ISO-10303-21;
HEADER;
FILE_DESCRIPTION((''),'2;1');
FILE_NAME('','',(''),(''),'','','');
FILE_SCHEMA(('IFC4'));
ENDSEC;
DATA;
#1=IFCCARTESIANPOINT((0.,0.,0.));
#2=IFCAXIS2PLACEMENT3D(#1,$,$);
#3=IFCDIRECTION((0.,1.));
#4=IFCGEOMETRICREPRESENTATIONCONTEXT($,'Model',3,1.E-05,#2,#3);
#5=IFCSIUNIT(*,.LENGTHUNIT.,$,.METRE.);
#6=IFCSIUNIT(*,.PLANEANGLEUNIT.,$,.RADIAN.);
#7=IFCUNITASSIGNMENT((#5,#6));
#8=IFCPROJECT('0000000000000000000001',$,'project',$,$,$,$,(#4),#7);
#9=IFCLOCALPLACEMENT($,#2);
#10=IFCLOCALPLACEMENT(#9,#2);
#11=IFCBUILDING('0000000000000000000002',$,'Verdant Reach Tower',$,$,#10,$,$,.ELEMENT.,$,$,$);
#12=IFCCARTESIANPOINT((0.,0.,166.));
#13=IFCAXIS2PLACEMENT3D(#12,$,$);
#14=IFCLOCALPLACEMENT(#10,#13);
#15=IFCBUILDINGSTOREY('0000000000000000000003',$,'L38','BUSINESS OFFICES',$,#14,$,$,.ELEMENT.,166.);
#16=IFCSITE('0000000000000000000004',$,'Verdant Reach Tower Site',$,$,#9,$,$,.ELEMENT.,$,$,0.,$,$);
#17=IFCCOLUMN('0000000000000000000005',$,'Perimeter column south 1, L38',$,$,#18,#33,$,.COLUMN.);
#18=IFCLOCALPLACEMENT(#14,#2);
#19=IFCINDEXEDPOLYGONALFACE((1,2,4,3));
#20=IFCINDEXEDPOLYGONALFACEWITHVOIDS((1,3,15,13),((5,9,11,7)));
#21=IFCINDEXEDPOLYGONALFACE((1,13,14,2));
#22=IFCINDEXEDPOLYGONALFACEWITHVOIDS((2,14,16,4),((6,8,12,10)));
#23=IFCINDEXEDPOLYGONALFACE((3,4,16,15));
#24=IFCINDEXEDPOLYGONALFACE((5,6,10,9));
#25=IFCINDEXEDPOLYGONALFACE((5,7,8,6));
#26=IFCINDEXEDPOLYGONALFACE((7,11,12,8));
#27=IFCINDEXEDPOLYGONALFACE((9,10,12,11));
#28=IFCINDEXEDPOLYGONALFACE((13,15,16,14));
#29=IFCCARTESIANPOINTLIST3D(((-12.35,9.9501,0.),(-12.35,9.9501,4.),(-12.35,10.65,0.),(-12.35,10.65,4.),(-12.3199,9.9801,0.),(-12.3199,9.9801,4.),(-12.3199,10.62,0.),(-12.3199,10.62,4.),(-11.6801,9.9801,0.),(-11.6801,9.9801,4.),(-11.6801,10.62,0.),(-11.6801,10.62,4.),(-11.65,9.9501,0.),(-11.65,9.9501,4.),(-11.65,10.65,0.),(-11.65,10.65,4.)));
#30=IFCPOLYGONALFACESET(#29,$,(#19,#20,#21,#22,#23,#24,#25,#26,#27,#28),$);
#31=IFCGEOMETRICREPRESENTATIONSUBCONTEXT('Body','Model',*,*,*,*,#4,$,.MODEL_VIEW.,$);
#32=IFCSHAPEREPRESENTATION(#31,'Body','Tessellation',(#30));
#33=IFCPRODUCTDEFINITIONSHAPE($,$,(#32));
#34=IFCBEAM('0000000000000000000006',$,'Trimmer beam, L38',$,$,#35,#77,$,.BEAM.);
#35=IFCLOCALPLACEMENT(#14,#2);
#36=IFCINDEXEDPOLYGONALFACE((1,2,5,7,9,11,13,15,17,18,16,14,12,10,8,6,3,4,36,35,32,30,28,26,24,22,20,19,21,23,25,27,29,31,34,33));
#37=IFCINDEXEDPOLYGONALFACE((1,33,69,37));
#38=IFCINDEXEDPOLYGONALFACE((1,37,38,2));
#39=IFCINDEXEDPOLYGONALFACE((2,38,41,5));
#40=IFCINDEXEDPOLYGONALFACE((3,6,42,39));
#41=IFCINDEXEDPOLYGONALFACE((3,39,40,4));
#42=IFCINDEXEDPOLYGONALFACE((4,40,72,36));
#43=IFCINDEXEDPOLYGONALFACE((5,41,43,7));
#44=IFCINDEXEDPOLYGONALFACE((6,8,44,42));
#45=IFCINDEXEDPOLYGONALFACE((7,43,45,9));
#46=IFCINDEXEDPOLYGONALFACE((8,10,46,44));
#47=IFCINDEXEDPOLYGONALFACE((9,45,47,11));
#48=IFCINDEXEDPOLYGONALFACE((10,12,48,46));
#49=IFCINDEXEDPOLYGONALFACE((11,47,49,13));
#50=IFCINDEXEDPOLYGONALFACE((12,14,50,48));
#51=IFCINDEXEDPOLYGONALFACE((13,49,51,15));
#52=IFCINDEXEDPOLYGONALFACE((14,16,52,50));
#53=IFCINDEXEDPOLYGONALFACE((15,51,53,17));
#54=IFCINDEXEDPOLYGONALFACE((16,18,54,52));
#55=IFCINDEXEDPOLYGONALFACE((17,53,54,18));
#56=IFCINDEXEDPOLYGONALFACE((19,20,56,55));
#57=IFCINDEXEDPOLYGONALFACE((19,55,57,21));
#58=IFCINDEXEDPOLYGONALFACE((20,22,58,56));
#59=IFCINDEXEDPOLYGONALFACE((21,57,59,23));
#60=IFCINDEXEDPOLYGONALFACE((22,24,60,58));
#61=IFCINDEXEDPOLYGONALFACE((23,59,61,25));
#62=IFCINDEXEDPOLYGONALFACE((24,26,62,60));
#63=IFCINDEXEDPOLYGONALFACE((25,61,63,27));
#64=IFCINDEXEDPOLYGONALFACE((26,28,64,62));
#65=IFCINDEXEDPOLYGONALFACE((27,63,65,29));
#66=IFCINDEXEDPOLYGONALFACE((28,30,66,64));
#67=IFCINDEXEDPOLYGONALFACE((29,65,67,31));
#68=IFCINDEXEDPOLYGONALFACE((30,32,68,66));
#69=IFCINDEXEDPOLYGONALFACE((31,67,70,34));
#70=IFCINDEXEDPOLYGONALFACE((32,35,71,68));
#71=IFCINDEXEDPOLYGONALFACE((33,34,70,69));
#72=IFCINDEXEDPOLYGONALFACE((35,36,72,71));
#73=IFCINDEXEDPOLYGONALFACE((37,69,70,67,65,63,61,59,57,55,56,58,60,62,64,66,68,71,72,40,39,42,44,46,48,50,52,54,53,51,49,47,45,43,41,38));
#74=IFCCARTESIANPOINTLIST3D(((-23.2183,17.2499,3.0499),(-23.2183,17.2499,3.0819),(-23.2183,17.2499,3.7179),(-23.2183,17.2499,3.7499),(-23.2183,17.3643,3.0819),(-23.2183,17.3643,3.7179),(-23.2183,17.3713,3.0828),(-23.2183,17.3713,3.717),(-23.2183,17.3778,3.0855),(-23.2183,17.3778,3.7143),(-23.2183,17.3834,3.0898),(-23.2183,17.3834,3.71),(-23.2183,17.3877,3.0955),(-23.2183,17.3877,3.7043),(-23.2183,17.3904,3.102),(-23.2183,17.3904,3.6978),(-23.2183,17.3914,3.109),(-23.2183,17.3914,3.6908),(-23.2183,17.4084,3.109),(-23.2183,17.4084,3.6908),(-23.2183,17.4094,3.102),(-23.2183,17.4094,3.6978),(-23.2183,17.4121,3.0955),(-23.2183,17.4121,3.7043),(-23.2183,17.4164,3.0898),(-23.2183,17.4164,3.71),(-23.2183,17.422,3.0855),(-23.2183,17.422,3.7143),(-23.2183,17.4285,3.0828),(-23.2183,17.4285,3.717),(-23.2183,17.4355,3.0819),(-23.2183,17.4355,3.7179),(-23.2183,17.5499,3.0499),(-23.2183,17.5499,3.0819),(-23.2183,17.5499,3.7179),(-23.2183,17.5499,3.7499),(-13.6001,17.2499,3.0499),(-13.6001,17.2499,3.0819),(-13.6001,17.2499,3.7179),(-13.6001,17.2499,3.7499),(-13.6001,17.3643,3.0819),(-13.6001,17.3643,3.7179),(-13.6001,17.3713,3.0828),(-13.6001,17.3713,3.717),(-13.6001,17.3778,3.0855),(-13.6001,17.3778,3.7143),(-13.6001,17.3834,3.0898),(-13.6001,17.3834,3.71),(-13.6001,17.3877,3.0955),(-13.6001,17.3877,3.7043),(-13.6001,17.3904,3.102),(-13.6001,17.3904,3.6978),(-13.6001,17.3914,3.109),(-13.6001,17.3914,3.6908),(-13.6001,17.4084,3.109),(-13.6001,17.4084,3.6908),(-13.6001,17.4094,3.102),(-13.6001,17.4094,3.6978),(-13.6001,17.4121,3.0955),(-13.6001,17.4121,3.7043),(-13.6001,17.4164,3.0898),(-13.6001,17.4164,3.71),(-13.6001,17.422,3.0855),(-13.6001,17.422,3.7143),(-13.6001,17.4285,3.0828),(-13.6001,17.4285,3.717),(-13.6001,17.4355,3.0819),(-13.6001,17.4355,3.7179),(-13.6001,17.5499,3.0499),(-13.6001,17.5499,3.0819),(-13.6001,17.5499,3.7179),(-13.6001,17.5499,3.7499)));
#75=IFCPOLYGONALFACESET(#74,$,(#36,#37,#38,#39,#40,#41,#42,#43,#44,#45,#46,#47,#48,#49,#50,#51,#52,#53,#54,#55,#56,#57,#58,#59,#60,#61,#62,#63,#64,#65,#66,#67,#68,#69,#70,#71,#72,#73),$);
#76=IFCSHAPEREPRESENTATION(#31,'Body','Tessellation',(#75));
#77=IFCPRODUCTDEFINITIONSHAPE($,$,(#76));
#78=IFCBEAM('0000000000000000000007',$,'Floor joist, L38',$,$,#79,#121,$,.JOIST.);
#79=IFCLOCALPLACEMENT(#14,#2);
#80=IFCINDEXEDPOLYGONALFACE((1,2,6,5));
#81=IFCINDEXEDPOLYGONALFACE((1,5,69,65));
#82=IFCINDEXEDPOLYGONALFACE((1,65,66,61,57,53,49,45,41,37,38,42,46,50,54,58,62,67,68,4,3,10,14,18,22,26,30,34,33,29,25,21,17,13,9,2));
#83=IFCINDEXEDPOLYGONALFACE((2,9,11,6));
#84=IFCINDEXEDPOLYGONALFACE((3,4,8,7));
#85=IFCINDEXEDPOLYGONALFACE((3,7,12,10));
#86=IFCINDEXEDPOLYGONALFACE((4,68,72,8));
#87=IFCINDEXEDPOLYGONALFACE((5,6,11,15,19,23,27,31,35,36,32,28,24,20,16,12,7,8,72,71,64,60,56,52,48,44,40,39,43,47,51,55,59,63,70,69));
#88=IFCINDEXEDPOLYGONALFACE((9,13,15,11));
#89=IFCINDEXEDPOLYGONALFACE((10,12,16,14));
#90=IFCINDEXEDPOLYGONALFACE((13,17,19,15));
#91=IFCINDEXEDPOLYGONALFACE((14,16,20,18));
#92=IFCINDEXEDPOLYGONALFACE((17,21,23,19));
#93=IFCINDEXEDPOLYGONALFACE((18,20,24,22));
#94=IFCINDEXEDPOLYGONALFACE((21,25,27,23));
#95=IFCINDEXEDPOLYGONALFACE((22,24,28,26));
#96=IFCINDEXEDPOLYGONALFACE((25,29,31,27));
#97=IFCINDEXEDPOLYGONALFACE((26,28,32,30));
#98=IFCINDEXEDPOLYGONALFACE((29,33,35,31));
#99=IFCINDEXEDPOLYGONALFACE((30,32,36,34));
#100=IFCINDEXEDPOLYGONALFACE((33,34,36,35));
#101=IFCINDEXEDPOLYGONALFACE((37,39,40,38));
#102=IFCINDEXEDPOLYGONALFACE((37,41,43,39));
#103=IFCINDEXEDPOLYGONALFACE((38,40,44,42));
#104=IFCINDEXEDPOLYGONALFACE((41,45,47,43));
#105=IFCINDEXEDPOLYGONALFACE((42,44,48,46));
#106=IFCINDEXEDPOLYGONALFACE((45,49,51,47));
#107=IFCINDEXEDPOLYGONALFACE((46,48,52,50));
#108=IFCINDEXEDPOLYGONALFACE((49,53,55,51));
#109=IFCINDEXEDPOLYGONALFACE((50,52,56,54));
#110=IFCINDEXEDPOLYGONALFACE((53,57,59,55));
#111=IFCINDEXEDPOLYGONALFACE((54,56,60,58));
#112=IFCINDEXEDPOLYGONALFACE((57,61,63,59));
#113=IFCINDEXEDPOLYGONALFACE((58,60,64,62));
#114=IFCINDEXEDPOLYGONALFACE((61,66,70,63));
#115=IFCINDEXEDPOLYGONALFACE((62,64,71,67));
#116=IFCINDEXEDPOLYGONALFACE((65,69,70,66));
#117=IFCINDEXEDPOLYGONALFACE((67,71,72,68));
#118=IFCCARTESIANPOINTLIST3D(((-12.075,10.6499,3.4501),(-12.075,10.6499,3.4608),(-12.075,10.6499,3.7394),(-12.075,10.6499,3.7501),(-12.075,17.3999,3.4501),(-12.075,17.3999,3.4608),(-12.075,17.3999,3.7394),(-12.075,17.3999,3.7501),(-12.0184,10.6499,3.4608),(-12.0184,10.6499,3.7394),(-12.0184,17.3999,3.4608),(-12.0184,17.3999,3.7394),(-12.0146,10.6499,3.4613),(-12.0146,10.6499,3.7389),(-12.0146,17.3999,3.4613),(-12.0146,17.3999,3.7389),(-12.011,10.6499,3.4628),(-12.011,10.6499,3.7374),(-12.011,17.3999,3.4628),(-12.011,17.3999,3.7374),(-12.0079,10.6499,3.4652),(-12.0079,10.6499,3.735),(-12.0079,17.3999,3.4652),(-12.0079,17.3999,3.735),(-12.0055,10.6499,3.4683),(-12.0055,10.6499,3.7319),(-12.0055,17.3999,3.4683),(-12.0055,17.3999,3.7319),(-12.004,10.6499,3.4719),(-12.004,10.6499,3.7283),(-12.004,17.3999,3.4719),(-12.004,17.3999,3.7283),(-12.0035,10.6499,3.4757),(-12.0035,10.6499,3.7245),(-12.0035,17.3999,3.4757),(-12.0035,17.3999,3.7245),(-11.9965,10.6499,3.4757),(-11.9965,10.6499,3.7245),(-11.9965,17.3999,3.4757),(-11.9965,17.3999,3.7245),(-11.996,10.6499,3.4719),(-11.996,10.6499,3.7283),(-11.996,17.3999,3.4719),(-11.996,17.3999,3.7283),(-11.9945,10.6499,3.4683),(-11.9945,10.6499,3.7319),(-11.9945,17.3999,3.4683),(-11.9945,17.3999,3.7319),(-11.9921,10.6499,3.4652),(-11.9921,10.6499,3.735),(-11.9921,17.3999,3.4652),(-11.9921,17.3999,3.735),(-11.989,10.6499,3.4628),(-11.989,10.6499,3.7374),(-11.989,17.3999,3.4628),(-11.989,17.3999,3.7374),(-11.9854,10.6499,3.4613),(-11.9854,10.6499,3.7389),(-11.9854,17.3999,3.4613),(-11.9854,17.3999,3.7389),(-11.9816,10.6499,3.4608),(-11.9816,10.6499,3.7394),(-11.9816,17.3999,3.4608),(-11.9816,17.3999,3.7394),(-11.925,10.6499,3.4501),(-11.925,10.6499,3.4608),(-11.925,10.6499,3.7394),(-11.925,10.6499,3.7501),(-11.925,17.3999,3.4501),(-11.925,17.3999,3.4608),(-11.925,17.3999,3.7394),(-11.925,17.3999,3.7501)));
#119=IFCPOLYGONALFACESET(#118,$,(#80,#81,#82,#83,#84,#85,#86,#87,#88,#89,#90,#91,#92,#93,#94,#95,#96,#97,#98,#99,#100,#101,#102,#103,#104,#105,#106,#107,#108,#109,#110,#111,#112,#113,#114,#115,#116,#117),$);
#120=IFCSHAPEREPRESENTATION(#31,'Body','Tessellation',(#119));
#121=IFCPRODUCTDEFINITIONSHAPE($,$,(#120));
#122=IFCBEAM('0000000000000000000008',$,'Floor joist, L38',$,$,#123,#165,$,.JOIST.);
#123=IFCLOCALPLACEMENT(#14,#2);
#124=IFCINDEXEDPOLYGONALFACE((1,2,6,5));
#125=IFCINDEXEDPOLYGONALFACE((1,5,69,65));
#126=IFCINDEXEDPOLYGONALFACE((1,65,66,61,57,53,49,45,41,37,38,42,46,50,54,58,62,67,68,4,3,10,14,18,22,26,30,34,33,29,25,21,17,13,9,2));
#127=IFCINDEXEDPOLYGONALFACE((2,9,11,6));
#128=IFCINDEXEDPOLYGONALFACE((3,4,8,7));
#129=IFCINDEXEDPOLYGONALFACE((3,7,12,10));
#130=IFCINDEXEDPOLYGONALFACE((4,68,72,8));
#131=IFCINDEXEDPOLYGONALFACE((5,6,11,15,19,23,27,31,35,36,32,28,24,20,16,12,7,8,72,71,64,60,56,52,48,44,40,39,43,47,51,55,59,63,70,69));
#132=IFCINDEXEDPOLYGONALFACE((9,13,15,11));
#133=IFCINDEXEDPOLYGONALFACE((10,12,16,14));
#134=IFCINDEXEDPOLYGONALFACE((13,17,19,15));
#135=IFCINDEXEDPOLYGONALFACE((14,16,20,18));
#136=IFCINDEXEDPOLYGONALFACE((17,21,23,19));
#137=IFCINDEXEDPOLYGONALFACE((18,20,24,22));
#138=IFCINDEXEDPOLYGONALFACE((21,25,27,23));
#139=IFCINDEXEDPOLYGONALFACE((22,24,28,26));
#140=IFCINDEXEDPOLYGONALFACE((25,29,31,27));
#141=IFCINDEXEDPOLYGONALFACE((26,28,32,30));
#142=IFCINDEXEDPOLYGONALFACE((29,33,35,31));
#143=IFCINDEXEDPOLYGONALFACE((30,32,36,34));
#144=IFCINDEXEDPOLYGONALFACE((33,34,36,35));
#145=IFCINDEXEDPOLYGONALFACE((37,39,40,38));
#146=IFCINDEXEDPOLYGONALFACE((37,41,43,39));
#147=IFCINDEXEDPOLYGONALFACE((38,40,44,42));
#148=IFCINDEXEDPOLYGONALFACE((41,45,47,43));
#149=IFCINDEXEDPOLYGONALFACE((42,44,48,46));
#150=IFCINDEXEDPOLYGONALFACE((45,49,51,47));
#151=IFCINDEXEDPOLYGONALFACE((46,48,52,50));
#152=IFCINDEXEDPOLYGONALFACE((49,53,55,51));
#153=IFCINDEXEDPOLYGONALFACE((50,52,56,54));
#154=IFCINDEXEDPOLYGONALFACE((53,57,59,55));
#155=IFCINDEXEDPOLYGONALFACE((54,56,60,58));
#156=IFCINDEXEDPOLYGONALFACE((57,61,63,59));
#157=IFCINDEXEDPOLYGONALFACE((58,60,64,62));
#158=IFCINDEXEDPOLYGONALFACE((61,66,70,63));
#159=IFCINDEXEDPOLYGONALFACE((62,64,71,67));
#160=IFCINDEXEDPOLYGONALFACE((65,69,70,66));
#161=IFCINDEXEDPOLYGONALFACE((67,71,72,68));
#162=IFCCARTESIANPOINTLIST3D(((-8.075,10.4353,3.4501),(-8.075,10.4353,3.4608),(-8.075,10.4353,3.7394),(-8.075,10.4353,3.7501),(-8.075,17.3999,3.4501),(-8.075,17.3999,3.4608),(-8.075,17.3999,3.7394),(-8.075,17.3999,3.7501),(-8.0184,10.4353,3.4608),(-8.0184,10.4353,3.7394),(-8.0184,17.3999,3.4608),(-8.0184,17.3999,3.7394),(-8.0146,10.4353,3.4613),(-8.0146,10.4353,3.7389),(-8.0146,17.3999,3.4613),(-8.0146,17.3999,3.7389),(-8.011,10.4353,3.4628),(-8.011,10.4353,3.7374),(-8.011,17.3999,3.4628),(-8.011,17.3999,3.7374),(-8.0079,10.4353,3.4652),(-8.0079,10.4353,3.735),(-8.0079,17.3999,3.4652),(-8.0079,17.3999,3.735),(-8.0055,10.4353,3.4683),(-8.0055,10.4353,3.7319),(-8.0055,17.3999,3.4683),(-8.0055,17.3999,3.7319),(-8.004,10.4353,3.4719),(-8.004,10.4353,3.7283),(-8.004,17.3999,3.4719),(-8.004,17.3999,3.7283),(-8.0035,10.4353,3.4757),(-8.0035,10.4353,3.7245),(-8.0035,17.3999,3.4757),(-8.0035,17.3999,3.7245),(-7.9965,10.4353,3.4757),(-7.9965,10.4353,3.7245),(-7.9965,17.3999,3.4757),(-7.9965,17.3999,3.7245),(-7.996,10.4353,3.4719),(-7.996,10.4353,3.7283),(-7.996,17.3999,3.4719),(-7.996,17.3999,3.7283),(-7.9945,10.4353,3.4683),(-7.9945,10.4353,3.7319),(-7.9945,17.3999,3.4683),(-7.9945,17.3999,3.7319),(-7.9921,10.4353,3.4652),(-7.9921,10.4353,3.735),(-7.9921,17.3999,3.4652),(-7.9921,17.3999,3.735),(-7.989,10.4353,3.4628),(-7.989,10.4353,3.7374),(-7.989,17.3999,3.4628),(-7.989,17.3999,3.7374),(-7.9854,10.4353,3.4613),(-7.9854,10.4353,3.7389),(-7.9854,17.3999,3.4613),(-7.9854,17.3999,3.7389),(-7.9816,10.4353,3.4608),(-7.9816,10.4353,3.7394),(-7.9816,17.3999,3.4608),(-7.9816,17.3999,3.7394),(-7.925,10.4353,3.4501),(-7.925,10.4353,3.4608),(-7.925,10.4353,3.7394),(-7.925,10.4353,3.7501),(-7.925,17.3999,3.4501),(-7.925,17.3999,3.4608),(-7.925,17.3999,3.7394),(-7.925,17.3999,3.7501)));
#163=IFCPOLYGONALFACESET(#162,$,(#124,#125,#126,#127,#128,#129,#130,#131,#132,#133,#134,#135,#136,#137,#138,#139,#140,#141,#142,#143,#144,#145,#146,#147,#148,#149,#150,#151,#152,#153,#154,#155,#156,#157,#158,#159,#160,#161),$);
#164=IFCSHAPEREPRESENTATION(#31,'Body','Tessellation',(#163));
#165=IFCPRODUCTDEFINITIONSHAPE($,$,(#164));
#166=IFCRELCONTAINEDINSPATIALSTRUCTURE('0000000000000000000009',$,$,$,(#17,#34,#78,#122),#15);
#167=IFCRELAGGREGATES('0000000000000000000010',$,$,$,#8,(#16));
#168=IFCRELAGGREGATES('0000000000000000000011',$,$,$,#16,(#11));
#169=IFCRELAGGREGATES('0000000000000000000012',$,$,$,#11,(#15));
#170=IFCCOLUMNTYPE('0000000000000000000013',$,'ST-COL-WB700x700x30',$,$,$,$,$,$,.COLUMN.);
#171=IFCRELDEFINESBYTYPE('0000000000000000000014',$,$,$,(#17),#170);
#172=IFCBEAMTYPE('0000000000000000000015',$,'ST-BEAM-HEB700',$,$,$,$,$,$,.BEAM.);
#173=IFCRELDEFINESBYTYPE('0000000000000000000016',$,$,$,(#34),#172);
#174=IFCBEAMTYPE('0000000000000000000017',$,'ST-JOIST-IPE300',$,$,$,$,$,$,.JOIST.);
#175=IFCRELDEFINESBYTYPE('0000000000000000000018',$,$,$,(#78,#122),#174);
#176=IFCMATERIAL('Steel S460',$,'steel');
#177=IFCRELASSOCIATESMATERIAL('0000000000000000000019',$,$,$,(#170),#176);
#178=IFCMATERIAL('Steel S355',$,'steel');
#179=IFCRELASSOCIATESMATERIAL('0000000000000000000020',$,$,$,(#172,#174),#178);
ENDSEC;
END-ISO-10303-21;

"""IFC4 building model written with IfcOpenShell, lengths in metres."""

from ifc_helpers import new_model, si_unit, direction, frame, origin, origin_2d, place, context, subcontext, project, spatial, hollow_rectangle, i_section, extrude, material, material_profile, profile_set, type_object, element, save


model = new_model("IFC4")

# Units and contexts
model_context = context("Model", 3, precision=1e-05, world=origin(), true_north=direction((0.0, 1.0)))
body_context = subcontext(model_context, "Body", "Model", "MODEL_VIEW")
ifc_project = project(units=[si_unit("LENGTHUNIT", "METRE"), si_unit("PLANEANGLEUNIT", "RADIAN")], contexts=[model_context])

# Site, building, storey
site_placement = place(None, origin())
site = spatial("IfcSite", under=ifc_project, at=site_placement, Name="Verdant Reach Tower Site", CompositionType="ELEMENT", RefElevation=0.0)
building_placement = place(site_placement, origin())
building = spatial("IfcBuilding", under=site, at=building_placement, Name="Verdant Reach Tower", CompositionType="ELEMENT")
storey_placement = place(building_placement, frame((0.0, 0.0, 166.0)))
storey = spatial("IfcBuildingStorey", under=building, at=storey_placement, Name="L38", Description="BUSINESS OFFICES", CompositionType="ELEMENT", Elevation=166.0)

# Column
ifc_material_1 = material(Name="Steel S460", Category="steel")
ifc_material_profile_1 = material_profile(ifc_material_1, hollow_rectangle(XDim=0.7, YDim=0.7, WallThickness=0.03, at=origin_2d()), Name="WB 700x700x30")
ifc_profile_set_1 = profile_set([ifc_material_profile_1], Name="Steel S460")
column_type = type_object("IfcColumnType", Name="ST-COL-WB700x700x30", PredefinedType="COLUMN", material=ifc_profile_set_1)
column_placement = place(storey_placement, frame((-12.0, 10.3, 0.0), z_axis=(0.0, 0.0, 1.0), x_axis=(1.0, 0.0, 0.0)))
element("IfcColumn", 1, at=column_placement, inside=storey, type_object=column_type, Name="Perimeter column south 1, L38", PredefinedType="COLUMN", context=body_context, shape_type="SweptSolid", body=[
    extrude(hollow_rectangle(XDim=0.7, YDim=0.7, WallThickness=0.03, at=origin_2d()), origin(), (0.0, 0.0, 1.0), 4.0),
])

# Beams
ifc_material_2 = material(Name="Steel S355", Category="steel")
ifc_material_profile_2 = material_profile(ifc_material_2, i_section(OverallWidth=0.3, OverallDepth=0.7, WebThickness=0.0171, FlangeThickness=0.032, FilletRadius=0.0271, at=origin_2d()), Name="HEB 700")
ifc_profile_set_2 = profile_set([ifc_material_profile_2], Name="Steel S355")
beam_type_1 = type_object("IfcBeamType", Name="ST-BEAM-HEB700", PredefinedType="BEAM", material=ifc_profile_set_2)
beam_1_placement = place(storey_placement, frame((-13.6001, 17.3999, 3.3999), z_axis=(-1.0, 0.0, 0.0), x_axis=(0.0, -1.0, 0.0)))
element("IfcBeam", 2, at=beam_1_placement, inside=storey, type_object=beam_type_1, Name="Trimmer beam, L38", PredefinedType="BEAM", context=body_context, shape_type="SweptSolid", body=[
    extrude(i_section(OverallWidth=0.3, OverallDepth=0.7, WebThickness=0.0171, FlangeThickness=0.032, FilletRadius=0.0271, at=origin_2d()), origin(), (0.0, 0.0, 1.0), 9.6182),
])
ifc_material_profile_3 = material_profile(ifc_material_2, i_section(OverallWidth=0.1499, OverallDepth=0.3, WebThickness=0.0071, FlangeThickness=0.0107, FilletRadius=0.0149, at=origin_2d()), Name="IPE 300")
ifc_profile_set_3 = profile_set([ifc_material_profile_3], Name="Steel S355")
beam_type_2 = type_object("IfcBeamType", Name="ST-JOIST-IPE300", PredefinedType="JOIST", material=ifc_profile_set_3)
beam_2_placement = place(storey_placement, frame((-12.0, 17.3999, 3.6001), z_axis=(0.0, -1.0, 0.0), x_axis=(1.0, 0.0, 0.0)))
element("IfcBeam", 3, at=beam_2_placement, inside=storey, type_object=beam_type_2, Name="Floor joist, L38", PredefinedType="JOIST", context=body_context, shape_type="SweptSolid", body=[
    extrude(i_section(OverallWidth=0.1499, OverallDepth=0.3, WebThickness=0.0071, FlangeThickness=0.0107, FilletRadius=0.0149, at=origin_2d()), origin(), (0.0, 0.0, 1.0), 6.75),
])
beam_3_placement = place(storey_placement, frame((-8.0, 17.3999, 3.6001), z_axis=(0.0, -1.0, 0.0), x_axis=(1.0, 0.0, 0.0)))
element("IfcBeam", 4, at=beam_3_placement, inside=storey, type_object=beam_type_2, Name="Floor joist, L38", PredefinedType="JOIST", context=body_context, shape_type="SweptSolid", body=[
    extrude(i_section(OverallWidth=0.1499, OverallDepth=0.3, WebThickness=0.0071, FlangeThickness=0.0107, FilletRadius=0.0149, at=origin_2d()), origin(), (0.0, 0.0, 1.0), 6.9646),
])

save(model, "model.ifc")
